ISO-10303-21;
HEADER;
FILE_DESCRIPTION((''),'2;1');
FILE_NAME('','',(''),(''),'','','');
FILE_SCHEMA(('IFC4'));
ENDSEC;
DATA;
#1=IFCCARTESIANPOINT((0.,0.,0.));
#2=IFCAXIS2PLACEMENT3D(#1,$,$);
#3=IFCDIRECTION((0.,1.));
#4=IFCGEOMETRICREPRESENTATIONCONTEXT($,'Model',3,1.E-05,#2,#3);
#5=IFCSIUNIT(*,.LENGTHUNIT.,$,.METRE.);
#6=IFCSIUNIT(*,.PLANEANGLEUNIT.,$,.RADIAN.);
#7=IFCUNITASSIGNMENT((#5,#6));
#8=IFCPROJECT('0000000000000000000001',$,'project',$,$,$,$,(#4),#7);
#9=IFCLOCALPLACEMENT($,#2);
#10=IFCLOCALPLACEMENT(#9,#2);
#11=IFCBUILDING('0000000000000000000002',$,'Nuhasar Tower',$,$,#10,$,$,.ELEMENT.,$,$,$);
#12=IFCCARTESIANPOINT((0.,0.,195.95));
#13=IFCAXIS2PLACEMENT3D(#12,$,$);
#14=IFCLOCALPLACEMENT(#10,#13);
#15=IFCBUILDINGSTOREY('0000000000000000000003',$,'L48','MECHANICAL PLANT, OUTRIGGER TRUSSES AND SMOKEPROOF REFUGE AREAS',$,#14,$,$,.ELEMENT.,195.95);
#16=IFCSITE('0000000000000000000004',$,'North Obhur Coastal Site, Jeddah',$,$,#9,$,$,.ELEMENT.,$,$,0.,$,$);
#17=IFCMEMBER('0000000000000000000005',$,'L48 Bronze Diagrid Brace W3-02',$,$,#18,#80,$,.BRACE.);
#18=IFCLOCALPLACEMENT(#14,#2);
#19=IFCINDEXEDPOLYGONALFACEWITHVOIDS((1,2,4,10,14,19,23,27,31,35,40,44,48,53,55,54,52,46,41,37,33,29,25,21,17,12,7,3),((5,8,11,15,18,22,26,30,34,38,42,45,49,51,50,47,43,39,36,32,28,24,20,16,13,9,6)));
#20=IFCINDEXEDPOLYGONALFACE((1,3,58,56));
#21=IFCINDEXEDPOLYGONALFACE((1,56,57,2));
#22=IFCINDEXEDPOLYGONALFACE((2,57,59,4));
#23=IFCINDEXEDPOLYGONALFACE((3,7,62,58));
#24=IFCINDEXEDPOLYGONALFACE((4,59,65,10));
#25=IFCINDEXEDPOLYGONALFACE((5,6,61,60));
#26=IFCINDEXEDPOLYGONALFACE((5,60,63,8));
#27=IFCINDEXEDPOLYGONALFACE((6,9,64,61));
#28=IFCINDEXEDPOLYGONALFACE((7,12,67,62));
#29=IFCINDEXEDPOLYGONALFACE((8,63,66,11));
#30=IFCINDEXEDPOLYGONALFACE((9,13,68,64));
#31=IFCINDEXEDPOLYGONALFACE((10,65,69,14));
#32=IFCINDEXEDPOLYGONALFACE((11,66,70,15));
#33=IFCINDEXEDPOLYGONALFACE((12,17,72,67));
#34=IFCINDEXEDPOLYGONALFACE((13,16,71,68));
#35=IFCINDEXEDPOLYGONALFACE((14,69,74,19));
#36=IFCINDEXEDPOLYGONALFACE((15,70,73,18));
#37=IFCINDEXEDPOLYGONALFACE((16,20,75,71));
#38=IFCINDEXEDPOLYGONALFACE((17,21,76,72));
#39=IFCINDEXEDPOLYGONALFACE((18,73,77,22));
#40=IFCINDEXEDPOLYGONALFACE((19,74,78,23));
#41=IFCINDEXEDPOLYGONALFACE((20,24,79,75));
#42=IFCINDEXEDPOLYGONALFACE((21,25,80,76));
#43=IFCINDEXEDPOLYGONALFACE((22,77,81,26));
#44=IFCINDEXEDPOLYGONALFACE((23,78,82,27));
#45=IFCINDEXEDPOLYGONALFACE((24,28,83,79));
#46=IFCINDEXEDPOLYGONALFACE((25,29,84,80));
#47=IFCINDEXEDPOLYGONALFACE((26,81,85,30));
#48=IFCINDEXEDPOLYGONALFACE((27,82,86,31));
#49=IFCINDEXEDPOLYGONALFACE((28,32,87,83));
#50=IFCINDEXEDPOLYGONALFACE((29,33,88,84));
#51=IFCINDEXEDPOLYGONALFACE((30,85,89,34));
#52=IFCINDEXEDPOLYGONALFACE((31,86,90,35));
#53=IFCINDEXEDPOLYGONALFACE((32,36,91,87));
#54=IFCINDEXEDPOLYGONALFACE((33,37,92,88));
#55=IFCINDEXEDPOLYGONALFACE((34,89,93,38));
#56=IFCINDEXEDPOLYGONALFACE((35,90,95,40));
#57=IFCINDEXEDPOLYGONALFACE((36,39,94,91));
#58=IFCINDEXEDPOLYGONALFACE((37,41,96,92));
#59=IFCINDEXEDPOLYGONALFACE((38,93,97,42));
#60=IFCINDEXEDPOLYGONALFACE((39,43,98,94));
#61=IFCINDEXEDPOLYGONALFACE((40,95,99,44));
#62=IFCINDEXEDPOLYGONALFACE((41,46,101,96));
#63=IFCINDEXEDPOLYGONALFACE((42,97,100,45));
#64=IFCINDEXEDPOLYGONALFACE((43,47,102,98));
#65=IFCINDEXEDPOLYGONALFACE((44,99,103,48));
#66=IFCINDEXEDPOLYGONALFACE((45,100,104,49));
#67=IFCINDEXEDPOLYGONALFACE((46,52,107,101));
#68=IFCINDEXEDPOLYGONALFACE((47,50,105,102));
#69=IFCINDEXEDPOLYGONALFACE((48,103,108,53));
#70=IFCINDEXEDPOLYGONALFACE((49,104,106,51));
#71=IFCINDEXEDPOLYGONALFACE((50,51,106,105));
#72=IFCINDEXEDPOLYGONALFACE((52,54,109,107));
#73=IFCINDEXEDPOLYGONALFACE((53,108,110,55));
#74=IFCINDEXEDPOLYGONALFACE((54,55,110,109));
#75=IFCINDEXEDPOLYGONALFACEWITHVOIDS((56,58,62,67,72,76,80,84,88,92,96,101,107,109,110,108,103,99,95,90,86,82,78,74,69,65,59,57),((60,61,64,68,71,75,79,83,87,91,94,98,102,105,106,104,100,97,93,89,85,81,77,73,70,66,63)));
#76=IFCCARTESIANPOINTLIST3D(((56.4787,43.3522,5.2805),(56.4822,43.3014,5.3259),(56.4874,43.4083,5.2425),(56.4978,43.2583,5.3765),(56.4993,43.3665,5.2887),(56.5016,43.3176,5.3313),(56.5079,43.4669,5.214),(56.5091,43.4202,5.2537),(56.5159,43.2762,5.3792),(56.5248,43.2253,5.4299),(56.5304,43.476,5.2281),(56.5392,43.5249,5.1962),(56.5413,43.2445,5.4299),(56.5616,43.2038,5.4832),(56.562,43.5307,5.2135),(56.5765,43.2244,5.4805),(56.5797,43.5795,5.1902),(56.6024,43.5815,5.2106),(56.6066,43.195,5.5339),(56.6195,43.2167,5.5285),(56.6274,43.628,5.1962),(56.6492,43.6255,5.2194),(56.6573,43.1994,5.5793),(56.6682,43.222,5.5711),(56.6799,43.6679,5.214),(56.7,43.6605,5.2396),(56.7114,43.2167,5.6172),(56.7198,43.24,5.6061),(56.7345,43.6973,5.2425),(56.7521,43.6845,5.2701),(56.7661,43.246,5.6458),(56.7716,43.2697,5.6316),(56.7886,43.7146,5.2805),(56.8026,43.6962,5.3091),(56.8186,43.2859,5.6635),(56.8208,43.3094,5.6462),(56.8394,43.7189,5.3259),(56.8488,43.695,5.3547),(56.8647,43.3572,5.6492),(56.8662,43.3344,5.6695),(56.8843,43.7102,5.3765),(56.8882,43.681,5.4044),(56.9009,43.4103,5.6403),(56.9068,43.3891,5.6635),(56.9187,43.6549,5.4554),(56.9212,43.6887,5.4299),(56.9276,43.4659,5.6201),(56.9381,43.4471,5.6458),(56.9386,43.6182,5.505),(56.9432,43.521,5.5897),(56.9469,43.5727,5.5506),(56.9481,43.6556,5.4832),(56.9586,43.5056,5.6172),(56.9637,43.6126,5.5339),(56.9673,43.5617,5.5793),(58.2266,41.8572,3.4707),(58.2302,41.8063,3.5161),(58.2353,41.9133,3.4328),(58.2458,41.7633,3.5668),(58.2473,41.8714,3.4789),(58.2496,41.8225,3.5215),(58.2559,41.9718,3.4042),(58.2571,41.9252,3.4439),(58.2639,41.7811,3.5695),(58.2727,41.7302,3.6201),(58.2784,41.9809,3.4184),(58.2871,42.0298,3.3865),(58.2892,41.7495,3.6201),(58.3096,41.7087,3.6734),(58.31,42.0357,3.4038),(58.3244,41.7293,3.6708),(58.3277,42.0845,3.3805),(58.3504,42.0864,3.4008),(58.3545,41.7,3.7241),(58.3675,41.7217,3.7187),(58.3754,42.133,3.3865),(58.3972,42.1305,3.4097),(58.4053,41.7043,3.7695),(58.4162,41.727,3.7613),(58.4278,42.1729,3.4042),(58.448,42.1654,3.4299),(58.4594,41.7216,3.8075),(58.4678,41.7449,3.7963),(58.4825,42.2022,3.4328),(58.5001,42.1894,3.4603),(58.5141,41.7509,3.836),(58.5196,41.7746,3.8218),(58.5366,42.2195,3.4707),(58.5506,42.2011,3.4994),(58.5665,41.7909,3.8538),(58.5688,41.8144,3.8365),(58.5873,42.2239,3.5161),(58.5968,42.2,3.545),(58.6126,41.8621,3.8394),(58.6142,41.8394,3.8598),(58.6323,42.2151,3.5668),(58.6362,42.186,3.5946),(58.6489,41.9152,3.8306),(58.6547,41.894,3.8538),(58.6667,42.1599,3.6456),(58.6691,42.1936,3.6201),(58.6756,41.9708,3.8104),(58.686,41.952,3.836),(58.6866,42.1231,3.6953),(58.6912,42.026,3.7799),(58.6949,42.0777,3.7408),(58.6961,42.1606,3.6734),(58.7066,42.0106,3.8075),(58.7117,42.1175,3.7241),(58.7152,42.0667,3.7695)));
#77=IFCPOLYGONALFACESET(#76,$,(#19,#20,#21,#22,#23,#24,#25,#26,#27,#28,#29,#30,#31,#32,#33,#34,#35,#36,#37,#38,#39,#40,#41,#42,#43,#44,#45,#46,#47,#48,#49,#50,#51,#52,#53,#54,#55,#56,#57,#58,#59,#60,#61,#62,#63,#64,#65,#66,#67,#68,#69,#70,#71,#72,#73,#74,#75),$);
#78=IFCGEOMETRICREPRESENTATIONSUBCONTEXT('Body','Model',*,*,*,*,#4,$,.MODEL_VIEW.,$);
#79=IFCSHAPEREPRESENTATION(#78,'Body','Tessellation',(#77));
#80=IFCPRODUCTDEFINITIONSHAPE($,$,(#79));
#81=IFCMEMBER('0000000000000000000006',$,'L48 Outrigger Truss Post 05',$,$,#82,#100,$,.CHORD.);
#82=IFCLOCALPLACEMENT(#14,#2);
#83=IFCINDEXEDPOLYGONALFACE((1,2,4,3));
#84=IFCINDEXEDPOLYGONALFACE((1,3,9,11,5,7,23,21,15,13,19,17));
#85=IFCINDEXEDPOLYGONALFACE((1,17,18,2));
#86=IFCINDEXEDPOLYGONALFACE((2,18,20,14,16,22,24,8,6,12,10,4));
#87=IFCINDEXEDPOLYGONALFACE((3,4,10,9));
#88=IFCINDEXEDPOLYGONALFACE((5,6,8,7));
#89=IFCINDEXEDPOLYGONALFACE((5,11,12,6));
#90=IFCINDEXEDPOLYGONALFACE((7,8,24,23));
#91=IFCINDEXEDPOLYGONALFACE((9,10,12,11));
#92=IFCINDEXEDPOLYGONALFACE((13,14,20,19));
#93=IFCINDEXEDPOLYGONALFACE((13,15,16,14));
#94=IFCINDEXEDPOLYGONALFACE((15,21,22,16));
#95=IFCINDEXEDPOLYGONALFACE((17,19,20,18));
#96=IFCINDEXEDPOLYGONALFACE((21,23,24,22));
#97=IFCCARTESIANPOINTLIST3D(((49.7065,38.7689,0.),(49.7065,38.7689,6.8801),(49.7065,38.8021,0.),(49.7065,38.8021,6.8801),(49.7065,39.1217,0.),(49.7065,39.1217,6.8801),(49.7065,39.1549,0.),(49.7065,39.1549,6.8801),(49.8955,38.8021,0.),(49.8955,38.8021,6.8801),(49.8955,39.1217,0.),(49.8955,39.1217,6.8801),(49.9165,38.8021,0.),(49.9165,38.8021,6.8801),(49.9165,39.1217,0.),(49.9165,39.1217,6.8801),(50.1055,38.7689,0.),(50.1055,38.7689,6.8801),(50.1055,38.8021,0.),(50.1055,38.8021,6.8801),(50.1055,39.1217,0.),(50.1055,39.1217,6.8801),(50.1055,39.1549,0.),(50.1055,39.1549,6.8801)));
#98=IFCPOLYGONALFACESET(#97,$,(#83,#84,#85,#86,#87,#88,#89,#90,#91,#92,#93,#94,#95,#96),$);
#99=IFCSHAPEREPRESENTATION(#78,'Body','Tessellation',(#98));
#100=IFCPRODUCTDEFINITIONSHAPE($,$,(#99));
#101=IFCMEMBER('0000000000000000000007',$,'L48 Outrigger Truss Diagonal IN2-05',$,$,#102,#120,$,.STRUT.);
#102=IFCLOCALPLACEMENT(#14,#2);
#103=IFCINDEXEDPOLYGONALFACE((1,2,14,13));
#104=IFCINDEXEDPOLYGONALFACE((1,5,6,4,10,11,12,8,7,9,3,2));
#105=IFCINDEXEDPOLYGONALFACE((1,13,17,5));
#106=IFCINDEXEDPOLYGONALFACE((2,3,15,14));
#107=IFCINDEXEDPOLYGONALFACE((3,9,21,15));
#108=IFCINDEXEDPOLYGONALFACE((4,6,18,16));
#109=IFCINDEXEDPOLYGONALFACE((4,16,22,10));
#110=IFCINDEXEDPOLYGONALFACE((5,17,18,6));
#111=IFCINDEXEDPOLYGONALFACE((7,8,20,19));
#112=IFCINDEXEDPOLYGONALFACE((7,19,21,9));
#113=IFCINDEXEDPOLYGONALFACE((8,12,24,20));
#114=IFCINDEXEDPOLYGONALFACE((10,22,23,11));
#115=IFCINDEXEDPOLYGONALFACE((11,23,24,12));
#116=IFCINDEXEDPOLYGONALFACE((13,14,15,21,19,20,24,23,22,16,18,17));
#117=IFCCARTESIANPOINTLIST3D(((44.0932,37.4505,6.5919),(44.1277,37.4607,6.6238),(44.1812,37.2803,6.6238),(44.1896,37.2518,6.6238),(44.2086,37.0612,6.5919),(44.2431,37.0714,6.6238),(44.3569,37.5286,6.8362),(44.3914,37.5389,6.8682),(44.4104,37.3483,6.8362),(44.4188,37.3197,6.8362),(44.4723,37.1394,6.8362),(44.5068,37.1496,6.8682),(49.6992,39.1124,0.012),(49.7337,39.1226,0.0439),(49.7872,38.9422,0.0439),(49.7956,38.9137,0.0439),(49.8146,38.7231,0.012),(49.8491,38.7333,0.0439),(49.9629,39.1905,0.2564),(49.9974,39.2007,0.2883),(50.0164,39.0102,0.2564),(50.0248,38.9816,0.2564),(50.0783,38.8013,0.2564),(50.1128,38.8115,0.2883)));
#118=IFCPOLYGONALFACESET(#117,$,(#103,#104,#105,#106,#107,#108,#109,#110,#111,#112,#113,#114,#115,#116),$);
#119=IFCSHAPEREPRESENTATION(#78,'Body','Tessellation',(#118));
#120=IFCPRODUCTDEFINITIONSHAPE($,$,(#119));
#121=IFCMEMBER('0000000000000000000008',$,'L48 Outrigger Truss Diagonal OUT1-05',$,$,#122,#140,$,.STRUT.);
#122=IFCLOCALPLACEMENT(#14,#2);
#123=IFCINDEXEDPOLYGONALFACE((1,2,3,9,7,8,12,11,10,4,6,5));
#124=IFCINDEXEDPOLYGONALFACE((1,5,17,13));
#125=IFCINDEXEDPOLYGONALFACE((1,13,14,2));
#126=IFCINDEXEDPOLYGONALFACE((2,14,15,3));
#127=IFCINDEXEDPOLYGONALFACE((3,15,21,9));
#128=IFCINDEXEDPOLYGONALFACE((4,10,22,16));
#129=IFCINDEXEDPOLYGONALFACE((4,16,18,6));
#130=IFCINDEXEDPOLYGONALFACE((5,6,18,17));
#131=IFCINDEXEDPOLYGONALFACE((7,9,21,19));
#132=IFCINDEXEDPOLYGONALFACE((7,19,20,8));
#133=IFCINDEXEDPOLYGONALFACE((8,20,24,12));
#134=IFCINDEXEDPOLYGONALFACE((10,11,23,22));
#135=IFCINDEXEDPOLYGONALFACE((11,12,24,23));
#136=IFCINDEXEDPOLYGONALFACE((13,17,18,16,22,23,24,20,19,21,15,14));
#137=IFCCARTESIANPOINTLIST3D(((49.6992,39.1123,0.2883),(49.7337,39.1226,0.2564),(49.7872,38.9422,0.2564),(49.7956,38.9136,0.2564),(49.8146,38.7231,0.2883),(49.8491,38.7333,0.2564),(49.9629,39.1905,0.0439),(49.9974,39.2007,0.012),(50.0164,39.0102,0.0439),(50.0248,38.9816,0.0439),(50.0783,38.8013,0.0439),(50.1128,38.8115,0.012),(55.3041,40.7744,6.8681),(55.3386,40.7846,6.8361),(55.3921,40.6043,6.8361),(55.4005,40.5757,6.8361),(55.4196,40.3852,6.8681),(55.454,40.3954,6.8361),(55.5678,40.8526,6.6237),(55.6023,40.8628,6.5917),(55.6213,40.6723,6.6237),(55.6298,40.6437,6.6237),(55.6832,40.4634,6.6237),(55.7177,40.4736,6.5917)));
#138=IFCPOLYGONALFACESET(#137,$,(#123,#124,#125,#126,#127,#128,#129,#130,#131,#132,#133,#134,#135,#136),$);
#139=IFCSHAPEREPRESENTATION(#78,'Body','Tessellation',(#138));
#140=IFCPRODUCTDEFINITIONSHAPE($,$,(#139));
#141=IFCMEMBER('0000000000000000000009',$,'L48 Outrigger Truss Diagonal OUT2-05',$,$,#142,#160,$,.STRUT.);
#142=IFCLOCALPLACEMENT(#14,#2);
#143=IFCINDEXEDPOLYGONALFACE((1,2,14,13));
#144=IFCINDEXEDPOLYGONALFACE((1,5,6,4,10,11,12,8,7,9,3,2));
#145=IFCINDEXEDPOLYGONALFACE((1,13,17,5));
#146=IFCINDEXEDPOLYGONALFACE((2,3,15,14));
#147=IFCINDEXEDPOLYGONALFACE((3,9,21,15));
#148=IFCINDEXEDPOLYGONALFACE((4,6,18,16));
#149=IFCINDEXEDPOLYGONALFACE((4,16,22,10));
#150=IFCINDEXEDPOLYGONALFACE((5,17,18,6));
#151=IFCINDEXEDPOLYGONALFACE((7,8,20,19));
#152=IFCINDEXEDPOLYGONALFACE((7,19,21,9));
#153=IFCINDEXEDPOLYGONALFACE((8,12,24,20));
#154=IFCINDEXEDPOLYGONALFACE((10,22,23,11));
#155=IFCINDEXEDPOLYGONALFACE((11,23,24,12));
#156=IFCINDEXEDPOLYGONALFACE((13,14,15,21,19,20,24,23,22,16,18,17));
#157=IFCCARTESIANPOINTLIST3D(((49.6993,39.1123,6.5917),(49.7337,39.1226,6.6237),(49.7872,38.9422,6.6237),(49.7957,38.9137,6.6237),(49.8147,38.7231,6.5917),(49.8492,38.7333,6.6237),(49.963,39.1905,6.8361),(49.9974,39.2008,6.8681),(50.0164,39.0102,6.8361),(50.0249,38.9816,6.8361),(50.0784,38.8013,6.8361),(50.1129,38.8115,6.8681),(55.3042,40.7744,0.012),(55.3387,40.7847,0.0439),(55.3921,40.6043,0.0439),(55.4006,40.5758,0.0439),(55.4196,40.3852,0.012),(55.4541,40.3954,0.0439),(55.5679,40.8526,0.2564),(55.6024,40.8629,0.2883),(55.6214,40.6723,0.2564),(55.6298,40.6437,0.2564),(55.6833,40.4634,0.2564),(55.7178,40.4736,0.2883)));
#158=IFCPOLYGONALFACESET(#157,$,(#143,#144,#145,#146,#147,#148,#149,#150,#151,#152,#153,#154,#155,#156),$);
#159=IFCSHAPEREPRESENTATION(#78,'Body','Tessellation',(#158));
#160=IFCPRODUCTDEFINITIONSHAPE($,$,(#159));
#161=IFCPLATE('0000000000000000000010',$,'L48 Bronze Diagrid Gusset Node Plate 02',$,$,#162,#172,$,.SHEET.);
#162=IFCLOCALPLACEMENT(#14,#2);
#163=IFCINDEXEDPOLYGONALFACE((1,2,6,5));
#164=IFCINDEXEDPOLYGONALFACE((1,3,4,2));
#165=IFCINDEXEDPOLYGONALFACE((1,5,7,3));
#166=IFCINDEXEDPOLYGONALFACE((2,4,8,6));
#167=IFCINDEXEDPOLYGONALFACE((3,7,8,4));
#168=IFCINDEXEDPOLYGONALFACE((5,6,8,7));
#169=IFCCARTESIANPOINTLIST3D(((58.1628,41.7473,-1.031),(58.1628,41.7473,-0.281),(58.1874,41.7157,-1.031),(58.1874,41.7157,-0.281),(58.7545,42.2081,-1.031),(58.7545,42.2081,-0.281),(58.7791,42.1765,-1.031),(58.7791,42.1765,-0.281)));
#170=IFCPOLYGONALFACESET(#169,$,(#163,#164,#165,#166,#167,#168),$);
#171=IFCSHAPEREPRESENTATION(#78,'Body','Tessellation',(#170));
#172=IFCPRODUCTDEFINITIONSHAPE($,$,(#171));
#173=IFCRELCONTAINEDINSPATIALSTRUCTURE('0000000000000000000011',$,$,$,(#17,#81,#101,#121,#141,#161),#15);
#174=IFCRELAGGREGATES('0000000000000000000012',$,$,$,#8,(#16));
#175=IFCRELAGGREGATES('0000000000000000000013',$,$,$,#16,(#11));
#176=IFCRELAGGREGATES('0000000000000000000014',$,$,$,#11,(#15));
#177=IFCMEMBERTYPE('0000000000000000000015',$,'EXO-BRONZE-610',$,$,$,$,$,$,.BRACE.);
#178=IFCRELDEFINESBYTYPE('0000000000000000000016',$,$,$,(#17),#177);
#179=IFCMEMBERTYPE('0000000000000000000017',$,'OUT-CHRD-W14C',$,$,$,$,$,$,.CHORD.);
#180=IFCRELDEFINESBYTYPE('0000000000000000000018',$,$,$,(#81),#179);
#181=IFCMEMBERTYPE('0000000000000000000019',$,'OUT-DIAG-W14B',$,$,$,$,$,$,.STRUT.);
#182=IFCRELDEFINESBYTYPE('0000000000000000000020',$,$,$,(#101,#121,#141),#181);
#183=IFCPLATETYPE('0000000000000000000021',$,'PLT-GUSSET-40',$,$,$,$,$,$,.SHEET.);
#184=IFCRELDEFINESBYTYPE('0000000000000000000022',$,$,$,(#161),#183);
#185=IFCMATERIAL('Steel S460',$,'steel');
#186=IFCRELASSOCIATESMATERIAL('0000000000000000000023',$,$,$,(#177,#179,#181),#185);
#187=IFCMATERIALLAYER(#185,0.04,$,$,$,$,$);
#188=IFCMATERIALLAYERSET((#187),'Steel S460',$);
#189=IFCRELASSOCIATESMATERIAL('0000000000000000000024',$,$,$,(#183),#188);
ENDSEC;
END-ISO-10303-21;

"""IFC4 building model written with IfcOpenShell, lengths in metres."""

from ifc_helpers import new_model, si_unit, direction, frame, origin, origin_2d, place, context, subcontext, project, spatial, rectangle, hollow_circle, i_section, extrude, material, layer, layer_set, material_profile, profile_set, type_object, element, save


model = new_model("IFC4")

# Units and contexts
model_context = context("Model", 3, precision=1e-05, world=origin(), true_north=direction((0.0, 1.0)))
body_context = subcontext(model_context, "Body", "Model", "MODEL_VIEW")
ifc_project = project(units=[si_unit("LENGTHUNIT", "METRE"), si_unit("PLANEANGLEUNIT", "RADIAN")], contexts=[model_context])

# Site, building, storey
site_placement = place(None, origin())
site = spatial("IfcSite", under=ifc_project, at=site_placement, Name="North Obhur Coastal Site, Jeddah", CompositionType="ELEMENT", RefElevation=0.0)
building_placement = place(site_placement, origin())
building = spatial("IfcBuilding", under=site, at=building_placement, Name="Nuhasar Tower", CompositionType="ELEMENT")
storey_placement = place(building_placement, frame((0.0, 0.0, 195.95)))
storey = spatial("IfcBuildingStorey", under=building, at=storey_placement, Name="L48", Description="MECHANICAL PLANT, OUTRIGGER TRUSSES AND SMOKEPROOF REFUGE AREAS", CompositionType="ELEMENT", Elevation=195.95)

# Shared definitions
ifc_material_1 = material(Name="Steel S460", Category="steel")

# Members
ifc_material_profile_1 = material_profile(ifc_material_1, hollow_circle(Radius=0.3049, WallThickness=0.0254, at=origin_2d()), Name="HSS610X25.4")
ifc_profile_set_1 = profile_set([ifc_material_profile_1], Name="Steel S460")
member_type_1 = type_object("IfcMemberType", Name="EXO-BRONZE-610", PredefinedType="BRACE", material=ifc_profile_set_1)
member_1_placement = place(storey_placement, frame((58.4709, 41.9619, 3.6201), z_axis=(-0.597244, 0.510827, 0.618348), x_axis=(-0.649987, -0.759945, 0.0)))
element("IfcMember", 1, at=member_1_placement, inside=storey, type_object=member_type_1, Name="L48 Bronze Diagrid Brace W3-02", PredefinedType="BRACE", context=body_context, shape_type="SweptSolid", body=[
    extrude(hollow_circle(Radius=0.3049, WallThickness=0.0254, at=origin_2d()), origin(), (0.0, 0.0, 1.0), 2.9268),
])
ifc_material_profile_2 = material_profile(ifc_material_1, i_section(OverallWidth=0.3989, OverallDepth=0.386, WebThickness=0.021, FlangeThickness=0.0332, at=origin_2d()), Name="W14X176")
ifc_profile_set_2 = profile_set([ifc_material_profile_2], Name="Steel S460")
member_type_2 = type_object("IfcMemberType", Name="OUT-CHRD-W14C", PredefinedType="CHORD", material=ifc_profile_set_2)
member_2_placement = place(storey_placement, frame((49.906, 38.9619, 0.0), z_axis=(0.0, 0.0, 1.0), x_axis=(1.0, 0.0, 0.0)))
element("IfcMember", 2, at=member_2_placement, inside=storey, type_object=member_type_2, Name="L48 Outrigger Truss Post 05", PredefinedType="CHORD", context=body_context, shape_type="SweptSolid", body=[
    extrude(i_section(OverallWidth=0.3989, OverallDepth=0.386, WebThickness=0.021, FlangeThickness=0.0332, at=origin_2d()), origin(), (0.0, 0.0, 1.0), 6.8801),
])
ifc_material_profile_3 = material_profile(ifc_material_1, i_section(OverallWidth=0.406, OverallDepth=0.416, WebThickness=0.0298, FlangeThickness=0.0481, at=origin_2d()), Name="W14X257")
ifc_profile_set_3 = profile_set([ifc_material_profile_3], Name="Steel S460")
member_type_3 = type_object("IfcMemberType", Name="OUT-DIAG-W14B", PredefinedType="STRUT", material=ifc_profile_set_3)
member_3_placement = place(storey_placement, frame((49.906, 38.9619, 0.1501), z_axis=(-0.636865, -0.188796, 0.747502), x_axis=(0.284221, -0.958759, 0.0)))
element("IfcMember", 3, at=member_3_placement, inside=storey, type_object=member_type_3, Name="L48 Outrigger Truss Diagonal IN2-05", PredefinedType="STRUT", context=body_context, shape_type="SweptSolid", body=[
    extrude(i_section(OverallWidth=0.406, OverallDepth=0.416, WebThickness=0.0298, FlangeThickness=0.0481, at=origin_2d()), origin(), (0.0, 0.0, 1.0), 8.8025),
])
for number, where, z_axis, x_axis, name in (
    (4, (49.906, 38.9619, 0.1501), (0.636795, 0.188836, 0.747551), (-0.284304, 0.958734, 0.0), "L48 Outrigger Truss Diagonal OUT1-05"),
    (5, (55.511, 40.624, 0.1501), (-0.636795, -0.188836, 0.747551), (0.284304, -0.958734, 0.0), "L48 Outrigger Truss Diagonal OUT2-05"),
):
    element("IfcMember", number, at=place(storey_placement, frame(where, z_axis=z_axis, x_axis=x_axis)), inside=storey, type_object=member_type_3, Name=name, PredefinedType="STRUT", context=body_context, shape_type="SweptSolid", body=[
        extrude(i_section(OverallWidth=0.406, OverallDepth=0.416, WebThickness=0.0298, FlangeThickness=0.0481, at=origin_2d()), origin(), (0.0, 0.0, 1.0), 8.8018),
    ])

# Plate
ifc_layer = layer(ifc_material_1, 0.04)
ifc_layer_set = layer_set([ifc_layer], Name="Steel S460")
plate_type = type_object("IfcPlateType", Name="PLT-GUSSET-40", PredefinedType="SHEET", material=ifc_layer_set)
plate_placement = place(storey_placement, frame((58.4709, 41.9619, -1.031), z_axis=(0.0, 0.0, 1.0), x_axis=(0.788998, 0.614395, 0.0)))
element("IfcPlate", 6, at=plate_placement, inside=storey, type_object=plate_type, Name="L48 Bronze Diagrid Gusset Node Plate 02", PredefinedType="SHEET", context=body_context, shape_type="SweptSolid", body=[
    extrude(rectangle(XDim=0.75, YDim=0.04, at=origin_2d()), origin(), (0.0, 0.0, 1.0), 0.75),
])

save(model, "model.ifc")
